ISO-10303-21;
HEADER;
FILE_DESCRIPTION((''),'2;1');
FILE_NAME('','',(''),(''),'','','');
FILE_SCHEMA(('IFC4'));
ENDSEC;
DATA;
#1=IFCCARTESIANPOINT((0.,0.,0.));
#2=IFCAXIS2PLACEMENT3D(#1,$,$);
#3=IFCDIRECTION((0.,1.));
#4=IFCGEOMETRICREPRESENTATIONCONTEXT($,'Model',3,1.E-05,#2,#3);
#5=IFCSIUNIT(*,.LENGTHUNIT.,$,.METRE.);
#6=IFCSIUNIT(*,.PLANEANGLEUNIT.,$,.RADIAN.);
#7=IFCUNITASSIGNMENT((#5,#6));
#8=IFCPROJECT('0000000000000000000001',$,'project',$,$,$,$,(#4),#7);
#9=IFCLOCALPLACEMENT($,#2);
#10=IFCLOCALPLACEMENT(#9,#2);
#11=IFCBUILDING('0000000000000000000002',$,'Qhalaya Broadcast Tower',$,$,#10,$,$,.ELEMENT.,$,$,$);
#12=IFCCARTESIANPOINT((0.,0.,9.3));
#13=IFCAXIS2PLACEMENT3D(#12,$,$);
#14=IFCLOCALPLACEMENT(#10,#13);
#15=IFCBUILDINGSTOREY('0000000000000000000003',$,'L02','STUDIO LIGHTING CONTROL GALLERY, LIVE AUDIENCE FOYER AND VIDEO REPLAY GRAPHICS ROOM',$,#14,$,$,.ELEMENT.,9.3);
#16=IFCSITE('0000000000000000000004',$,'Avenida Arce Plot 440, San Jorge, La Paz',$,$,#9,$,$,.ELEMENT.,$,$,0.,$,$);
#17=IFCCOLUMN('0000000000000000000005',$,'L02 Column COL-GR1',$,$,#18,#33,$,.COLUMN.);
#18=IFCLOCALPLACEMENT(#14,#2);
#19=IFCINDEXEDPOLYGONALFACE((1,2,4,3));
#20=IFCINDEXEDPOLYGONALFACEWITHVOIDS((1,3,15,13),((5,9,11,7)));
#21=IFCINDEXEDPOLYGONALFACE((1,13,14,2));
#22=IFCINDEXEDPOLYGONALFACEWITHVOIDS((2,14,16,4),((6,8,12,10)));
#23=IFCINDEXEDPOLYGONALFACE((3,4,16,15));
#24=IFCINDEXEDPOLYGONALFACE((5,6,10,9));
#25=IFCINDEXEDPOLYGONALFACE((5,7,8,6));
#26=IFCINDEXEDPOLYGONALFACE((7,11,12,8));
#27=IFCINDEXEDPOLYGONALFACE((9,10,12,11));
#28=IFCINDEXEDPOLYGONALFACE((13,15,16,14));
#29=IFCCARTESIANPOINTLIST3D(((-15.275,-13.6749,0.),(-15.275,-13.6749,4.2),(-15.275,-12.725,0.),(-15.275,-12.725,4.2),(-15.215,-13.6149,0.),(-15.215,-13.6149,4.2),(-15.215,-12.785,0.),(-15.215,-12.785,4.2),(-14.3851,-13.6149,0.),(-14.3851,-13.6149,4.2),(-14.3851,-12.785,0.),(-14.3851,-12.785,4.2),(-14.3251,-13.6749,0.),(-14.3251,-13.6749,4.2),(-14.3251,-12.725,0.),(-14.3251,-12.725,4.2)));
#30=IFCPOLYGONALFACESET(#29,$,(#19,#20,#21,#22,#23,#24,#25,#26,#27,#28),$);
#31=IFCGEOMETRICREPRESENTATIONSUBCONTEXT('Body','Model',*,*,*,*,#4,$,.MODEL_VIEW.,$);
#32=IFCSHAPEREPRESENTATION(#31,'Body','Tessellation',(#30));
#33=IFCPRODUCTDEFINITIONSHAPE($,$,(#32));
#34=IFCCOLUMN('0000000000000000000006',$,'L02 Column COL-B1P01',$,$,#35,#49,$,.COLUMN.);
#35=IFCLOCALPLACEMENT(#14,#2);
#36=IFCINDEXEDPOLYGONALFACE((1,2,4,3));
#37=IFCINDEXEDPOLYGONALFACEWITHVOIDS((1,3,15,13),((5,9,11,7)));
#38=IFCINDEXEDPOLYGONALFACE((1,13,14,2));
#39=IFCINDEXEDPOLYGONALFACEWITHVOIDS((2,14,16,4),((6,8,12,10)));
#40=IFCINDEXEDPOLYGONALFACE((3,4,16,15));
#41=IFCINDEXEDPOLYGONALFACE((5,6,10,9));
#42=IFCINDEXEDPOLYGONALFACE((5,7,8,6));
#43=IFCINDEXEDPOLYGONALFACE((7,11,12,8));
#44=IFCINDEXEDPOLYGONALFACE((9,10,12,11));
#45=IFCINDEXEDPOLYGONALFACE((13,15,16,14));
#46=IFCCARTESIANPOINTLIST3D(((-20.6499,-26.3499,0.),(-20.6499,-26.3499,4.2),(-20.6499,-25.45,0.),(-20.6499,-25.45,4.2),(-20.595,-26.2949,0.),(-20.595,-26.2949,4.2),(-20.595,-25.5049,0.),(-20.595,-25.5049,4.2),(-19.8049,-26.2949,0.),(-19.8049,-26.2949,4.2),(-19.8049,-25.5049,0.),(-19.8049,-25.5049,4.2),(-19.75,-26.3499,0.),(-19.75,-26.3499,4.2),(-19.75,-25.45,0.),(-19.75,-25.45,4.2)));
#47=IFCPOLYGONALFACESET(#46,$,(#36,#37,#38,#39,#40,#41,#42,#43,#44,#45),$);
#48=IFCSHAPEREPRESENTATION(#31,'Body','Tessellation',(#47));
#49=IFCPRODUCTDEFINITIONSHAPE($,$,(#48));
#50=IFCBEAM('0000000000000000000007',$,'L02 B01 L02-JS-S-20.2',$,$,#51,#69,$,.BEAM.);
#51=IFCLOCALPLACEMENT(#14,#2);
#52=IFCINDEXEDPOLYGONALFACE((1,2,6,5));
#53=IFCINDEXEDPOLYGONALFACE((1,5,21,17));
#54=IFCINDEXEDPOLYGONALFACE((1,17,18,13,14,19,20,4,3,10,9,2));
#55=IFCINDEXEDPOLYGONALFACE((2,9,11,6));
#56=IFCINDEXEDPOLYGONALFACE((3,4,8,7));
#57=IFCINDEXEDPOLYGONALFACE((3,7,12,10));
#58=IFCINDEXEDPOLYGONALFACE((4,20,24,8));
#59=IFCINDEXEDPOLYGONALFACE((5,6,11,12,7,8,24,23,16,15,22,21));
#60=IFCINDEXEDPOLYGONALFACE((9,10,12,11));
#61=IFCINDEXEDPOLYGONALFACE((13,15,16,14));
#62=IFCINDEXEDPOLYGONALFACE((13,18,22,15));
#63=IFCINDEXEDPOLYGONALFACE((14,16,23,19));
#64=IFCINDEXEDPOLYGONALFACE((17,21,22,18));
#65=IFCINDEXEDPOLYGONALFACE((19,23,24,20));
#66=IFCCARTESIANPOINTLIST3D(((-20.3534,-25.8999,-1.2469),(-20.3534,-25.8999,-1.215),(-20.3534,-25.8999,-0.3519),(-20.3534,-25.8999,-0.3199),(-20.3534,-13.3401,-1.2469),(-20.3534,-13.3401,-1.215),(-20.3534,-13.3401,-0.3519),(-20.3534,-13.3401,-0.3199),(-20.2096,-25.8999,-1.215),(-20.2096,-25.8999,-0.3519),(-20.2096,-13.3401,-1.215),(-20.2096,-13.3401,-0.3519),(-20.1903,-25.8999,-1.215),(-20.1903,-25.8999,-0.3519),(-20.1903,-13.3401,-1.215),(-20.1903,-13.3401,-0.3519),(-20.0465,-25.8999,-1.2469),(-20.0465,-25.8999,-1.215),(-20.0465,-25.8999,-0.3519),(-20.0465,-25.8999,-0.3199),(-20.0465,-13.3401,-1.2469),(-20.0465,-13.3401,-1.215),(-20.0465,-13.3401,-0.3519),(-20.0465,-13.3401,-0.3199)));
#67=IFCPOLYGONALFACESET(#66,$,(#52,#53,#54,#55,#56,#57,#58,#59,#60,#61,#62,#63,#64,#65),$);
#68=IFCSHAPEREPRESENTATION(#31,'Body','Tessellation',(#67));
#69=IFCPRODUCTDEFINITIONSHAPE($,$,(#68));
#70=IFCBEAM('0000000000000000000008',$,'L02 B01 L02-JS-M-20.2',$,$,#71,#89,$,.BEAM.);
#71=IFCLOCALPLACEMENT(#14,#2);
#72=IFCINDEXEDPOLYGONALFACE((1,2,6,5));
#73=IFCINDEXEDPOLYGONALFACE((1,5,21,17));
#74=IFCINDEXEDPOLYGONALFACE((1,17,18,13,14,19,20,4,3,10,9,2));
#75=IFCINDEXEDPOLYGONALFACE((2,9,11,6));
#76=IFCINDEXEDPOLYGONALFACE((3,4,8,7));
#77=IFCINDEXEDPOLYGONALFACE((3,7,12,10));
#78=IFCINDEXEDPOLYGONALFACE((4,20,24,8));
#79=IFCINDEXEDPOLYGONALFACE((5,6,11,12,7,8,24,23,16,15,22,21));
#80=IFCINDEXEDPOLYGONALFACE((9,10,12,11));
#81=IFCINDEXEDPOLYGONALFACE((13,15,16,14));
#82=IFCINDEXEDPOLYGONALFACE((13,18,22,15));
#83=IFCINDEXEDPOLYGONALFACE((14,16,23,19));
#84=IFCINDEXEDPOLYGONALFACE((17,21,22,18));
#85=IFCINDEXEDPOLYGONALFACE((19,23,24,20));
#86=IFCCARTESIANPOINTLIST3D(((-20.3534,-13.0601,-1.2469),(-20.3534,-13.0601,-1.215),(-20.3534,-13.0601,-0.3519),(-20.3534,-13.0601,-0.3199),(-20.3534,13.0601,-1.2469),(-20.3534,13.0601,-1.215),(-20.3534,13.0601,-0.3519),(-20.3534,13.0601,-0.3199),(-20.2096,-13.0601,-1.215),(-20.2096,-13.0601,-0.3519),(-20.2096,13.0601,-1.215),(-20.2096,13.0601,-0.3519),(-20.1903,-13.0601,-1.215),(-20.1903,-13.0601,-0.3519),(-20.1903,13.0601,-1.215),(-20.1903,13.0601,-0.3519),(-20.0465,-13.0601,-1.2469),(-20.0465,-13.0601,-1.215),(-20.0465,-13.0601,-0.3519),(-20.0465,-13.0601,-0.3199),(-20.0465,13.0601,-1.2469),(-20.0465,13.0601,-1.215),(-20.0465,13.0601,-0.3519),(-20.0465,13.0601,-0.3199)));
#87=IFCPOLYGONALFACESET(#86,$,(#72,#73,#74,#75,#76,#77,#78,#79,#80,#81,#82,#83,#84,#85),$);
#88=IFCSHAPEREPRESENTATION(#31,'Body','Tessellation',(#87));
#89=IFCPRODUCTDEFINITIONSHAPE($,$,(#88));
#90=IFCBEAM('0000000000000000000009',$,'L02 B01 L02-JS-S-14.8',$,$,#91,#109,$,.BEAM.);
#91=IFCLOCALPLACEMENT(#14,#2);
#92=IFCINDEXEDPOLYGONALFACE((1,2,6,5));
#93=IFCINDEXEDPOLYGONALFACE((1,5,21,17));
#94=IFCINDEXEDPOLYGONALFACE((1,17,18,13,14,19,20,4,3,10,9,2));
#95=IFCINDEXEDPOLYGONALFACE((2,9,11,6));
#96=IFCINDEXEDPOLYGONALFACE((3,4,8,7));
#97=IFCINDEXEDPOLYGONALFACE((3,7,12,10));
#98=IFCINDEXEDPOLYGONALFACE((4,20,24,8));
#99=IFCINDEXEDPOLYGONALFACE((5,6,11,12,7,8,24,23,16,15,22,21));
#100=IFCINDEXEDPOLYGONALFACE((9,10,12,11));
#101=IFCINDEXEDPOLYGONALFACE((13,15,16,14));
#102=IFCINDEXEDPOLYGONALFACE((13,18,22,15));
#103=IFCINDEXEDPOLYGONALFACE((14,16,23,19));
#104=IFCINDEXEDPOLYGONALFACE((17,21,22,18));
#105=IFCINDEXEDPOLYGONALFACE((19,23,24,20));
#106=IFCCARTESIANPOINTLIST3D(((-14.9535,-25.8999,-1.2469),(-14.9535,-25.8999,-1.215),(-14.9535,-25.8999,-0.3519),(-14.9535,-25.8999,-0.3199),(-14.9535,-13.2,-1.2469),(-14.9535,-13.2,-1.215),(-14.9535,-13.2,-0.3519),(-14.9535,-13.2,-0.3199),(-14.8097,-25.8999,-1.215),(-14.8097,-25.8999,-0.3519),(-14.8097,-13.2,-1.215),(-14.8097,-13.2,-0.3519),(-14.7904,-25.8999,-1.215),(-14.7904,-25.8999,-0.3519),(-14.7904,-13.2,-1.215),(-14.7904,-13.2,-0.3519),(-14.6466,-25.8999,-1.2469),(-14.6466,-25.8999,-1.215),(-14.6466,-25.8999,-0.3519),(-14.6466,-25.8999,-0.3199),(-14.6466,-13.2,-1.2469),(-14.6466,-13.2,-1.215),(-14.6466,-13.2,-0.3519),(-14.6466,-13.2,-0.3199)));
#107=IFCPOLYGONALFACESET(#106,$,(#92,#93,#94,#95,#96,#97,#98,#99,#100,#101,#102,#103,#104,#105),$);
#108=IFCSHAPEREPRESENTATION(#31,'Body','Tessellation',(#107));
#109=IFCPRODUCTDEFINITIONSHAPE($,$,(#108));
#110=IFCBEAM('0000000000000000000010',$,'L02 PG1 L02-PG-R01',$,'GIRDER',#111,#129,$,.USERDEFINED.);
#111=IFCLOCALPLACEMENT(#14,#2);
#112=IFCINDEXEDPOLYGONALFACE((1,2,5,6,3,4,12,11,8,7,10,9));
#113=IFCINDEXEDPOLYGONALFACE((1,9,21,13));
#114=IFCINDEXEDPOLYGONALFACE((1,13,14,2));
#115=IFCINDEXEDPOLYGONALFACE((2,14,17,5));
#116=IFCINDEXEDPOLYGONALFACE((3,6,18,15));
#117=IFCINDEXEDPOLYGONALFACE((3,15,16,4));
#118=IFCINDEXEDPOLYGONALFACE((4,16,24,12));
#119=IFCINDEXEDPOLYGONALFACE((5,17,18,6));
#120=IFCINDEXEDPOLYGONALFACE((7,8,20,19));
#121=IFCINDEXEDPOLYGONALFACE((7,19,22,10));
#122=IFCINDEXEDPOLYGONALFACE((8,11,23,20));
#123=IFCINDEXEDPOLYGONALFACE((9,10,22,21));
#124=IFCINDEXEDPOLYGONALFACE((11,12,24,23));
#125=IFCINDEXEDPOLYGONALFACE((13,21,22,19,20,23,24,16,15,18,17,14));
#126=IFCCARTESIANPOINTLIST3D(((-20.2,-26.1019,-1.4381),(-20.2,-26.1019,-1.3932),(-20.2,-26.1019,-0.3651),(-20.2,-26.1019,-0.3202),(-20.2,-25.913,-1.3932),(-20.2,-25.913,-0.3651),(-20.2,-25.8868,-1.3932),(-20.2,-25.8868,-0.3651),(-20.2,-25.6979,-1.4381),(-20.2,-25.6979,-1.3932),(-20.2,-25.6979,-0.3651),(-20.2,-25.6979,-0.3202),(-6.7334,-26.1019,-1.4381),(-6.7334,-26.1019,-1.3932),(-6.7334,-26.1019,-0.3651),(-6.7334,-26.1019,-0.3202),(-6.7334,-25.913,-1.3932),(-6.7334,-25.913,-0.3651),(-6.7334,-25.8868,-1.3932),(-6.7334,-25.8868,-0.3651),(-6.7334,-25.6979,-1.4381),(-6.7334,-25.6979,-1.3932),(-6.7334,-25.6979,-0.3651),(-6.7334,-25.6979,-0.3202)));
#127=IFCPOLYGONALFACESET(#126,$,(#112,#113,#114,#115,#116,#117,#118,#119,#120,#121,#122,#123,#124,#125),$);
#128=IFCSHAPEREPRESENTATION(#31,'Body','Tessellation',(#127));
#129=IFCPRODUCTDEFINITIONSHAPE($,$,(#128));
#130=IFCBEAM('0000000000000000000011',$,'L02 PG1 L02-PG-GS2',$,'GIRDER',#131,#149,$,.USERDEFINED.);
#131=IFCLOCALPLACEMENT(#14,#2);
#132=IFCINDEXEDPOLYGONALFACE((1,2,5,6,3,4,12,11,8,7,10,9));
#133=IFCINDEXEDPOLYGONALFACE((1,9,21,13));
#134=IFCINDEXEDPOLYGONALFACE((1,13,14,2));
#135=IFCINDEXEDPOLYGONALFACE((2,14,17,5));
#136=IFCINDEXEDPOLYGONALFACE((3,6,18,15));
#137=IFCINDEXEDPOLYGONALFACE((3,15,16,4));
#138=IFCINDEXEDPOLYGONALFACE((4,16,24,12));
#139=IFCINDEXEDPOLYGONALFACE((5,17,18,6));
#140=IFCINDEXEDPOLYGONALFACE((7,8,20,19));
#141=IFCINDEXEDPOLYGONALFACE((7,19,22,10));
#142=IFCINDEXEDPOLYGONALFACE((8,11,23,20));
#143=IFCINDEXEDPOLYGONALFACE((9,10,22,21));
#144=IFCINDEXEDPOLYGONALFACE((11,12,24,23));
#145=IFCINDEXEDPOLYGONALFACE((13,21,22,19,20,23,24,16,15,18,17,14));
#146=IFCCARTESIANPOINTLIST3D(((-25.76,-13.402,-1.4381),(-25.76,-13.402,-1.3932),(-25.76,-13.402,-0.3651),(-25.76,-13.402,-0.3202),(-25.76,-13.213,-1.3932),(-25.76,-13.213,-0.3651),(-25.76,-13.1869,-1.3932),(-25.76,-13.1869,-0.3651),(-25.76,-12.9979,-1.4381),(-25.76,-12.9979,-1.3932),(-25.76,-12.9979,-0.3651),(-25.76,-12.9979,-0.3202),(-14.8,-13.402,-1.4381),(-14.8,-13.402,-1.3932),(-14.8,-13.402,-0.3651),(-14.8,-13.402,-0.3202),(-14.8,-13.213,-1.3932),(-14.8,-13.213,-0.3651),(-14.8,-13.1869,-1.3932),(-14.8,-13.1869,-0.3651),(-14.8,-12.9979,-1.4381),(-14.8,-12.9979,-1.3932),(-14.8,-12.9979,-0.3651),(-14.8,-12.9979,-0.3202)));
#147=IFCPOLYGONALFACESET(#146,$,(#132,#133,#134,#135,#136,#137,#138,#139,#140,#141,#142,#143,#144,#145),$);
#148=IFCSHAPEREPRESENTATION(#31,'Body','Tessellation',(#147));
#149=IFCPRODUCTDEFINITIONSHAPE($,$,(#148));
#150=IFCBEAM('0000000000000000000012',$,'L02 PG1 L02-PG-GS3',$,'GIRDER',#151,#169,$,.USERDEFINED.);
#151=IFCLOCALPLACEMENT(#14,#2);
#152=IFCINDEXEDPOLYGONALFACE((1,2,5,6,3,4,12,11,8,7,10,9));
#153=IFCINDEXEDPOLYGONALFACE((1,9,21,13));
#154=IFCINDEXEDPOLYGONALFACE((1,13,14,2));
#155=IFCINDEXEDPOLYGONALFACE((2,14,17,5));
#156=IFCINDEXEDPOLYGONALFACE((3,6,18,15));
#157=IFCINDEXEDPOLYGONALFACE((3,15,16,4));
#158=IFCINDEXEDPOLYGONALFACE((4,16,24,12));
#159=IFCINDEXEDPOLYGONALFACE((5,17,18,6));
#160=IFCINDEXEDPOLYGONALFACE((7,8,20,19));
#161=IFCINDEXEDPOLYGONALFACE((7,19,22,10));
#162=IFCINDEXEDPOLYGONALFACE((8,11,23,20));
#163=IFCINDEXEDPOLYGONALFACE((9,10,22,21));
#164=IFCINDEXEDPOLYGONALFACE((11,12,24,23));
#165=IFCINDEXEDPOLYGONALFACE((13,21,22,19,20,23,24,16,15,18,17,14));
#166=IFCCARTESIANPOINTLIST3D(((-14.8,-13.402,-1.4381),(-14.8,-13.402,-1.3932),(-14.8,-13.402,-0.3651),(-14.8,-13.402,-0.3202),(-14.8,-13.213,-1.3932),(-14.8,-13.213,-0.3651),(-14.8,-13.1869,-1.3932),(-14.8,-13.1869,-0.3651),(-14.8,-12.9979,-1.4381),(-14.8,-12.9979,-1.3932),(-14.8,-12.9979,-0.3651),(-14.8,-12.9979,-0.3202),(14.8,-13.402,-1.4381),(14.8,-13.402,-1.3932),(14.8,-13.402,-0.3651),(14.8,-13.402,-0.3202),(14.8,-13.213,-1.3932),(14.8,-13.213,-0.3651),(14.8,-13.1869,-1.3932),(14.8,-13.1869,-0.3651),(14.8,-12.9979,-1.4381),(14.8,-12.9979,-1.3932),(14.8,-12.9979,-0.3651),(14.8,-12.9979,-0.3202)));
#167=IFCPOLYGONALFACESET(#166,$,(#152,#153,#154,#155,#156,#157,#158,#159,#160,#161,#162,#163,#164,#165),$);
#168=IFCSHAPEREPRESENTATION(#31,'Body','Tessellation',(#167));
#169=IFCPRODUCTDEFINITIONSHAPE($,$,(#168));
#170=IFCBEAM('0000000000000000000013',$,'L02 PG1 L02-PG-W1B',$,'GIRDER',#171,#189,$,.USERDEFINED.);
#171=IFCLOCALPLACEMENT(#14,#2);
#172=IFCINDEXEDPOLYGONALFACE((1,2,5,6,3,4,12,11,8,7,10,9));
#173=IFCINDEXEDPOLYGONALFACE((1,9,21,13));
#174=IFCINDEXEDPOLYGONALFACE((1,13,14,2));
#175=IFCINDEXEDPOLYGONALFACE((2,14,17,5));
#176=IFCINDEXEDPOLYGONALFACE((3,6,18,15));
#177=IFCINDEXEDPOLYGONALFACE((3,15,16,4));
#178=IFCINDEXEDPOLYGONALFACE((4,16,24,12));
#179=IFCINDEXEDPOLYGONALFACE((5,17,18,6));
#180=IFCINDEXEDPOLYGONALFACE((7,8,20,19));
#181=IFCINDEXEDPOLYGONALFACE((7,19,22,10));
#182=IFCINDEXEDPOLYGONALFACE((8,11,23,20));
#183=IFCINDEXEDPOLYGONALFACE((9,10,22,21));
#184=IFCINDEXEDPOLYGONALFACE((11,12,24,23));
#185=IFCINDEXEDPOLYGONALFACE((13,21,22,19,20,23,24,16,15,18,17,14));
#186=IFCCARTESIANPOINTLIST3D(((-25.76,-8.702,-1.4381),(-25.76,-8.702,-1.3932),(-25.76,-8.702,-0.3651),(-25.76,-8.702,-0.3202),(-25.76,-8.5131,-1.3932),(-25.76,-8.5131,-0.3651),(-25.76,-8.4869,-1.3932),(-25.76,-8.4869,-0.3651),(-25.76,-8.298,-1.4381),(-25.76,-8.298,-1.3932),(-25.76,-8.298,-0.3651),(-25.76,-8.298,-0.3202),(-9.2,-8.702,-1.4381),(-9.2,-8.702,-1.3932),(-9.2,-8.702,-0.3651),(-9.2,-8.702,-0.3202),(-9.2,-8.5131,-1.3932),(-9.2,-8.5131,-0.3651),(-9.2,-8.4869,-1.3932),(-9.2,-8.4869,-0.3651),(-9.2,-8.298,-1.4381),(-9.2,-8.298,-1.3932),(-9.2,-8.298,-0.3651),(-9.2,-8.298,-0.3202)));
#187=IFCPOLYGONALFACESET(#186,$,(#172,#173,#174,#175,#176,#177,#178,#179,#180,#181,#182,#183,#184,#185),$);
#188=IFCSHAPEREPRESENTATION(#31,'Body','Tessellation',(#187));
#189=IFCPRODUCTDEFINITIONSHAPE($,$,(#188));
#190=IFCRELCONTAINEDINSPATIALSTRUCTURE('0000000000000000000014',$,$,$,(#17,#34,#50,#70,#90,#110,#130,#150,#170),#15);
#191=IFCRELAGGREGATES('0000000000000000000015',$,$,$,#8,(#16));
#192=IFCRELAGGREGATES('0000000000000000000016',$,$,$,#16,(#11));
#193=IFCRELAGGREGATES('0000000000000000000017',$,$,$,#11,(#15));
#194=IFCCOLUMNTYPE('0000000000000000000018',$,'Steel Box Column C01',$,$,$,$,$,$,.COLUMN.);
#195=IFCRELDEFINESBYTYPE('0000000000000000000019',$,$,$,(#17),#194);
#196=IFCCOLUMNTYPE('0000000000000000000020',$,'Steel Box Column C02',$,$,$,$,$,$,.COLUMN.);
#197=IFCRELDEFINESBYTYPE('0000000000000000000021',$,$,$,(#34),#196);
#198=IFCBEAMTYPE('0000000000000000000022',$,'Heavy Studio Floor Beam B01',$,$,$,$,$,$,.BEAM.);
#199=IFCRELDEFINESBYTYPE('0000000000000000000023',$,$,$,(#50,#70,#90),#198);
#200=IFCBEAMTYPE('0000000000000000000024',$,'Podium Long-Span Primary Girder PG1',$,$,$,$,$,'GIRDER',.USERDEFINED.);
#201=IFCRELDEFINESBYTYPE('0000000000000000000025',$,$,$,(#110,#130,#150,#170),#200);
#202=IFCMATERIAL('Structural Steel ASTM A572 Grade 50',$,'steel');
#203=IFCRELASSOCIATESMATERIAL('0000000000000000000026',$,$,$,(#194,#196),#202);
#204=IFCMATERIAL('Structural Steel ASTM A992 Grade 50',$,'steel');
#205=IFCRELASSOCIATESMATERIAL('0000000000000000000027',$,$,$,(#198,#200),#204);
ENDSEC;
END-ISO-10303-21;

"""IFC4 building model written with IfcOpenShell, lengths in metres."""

from ifc_helpers import new_model, si_unit, direction, frame, origin, origin_2d, place, context, subcontext, project, spatial, hollow_rectangle, i_section, extrude, material, material_profile, profile_set, type_object, element, save


model = new_model("IFC4")

# Units and contexts
model_context = context("Model", 3, precision=1e-05, world=origin(), true_north=direction((0.0, 1.0)))
body_context = subcontext(model_context, "Body", "Model", "MODEL_VIEW")
ifc_project = project(units=[si_unit("LENGTHUNIT", "METRE"), si_unit("PLANEANGLEUNIT", "RADIAN")], contexts=[model_context])

# Site, building, storey
site_placement = place(None, origin())
site = spatial("IfcSite", under=ifc_project, at=site_placement, Name="Avenida Arce Plot 440, San Jorge, La Paz", CompositionType="ELEMENT", RefElevation=0.0)
building_placement = place(site_placement, origin())
building = spatial("IfcBuilding", under=site, at=building_placement, Name="Qhalaya Broadcast Tower", CompositionType="ELEMENT")
storey_placement = place(building_placement, frame((0.0, 0.0, 9.3)))
storey = spatial("IfcBuildingStorey", under=building, at=storey_placement, Name="L02", Description="STUDIO LIGHTING CONTROL GALLERY, LIVE AUDIENCE FOYER AND VIDEO REPLAY GRAPHICS ROOM", CompositionType="ELEMENT", Elevation=9.3)

# Columns
ifc_material_1 = material(Name="Structural Steel ASTM A572 Grade 50", Category="steel")
ifc_material_profile_1 = material_profile(ifc_material_1, hollow_rectangle(XDim=0.95, YDim=0.95, WallThickness=0.0601, at=origin_2d()), Name="BOX 950x950x60")
ifc_profile_set_1 = profile_set([ifc_material_profile_1], Name="Structural Steel ASTM A572 Grade 50")
column_type_1 = type_object("IfcColumnType", Name="Steel Box Column C01", PredefinedType="COLUMN", material=ifc_profile_set_1)
column_1_placement = place(storey_placement, frame((-14.8, -13.2, 0.0), z_axis=(0.0, 0.0, 1.0), x_axis=(1.0, 0.0, 0.0)))
element("IfcColumn", 1, at=column_1_placement, inside=storey, type_object=column_type_1, Name="L02 Column COL-GR1", PredefinedType="COLUMN", context=body_context, shape_type="SweptSolid", body=[
    extrude(hollow_rectangle(XDim=0.95, YDim=0.95, WallThickness=0.0601, at=origin_2d()), origin(), (0.0, 0.0, 1.0), 4.2),
])
ifc_material_profile_2 = material_profile(ifc_material_1, hollow_rectangle(XDim=0.8999, YDim=0.8999, WallThickness=0.0549, at=origin_2d()), Name="BOX 900x900x55")
ifc_profile_set_2 = profile_set([ifc_material_profile_2], Name="Structural Steel ASTM A572 Grade 50")
column_type_2 = type_object("IfcColumnType", Name="Steel Box Column C02", PredefinedType="COLUMN", material=ifc_profile_set_2)
column_2_placement = place(storey_placement, frame((-20.2, -25.8999, 0.0), z_axis=(0.0, 0.0, 1.0), x_axis=(1.0, 0.0, 0.0)))
element("IfcColumn", 2, at=column_2_placement, inside=storey, type_object=column_type_2, Name="L02 Column COL-B1P01", PredefinedType="COLUMN", context=body_context, shape_type="SweptSolid", body=[
    extrude(hollow_rectangle(XDim=0.8999, YDim=0.8999, WallThickness=0.0549, at=origin_2d()), origin(), (0.0, 0.0, 1.0), 4.2),
])

# Beams
ifc_material_2 = material(Name="Structural Steel ASTM A992 Grade 50", Category="steel")
ifc_material_profile_3 = material_profile(ifc_material_2, i_section(OverallWidth=0.3069, OverallDepth=0.927, WebThickness=0.0193, FlangeThickness=0.032, at=origin_2d()), Name="W36X194")
ifc_profile_set_3 = profile_set([ifc_material_profile_3], Name="Structural Steel ASTM A992 Grade 50")
beam_type_1 = type_object("IfcBeamType", Name="Heavy Studio Floor Beam B01", PredefinedType="BEAM", material=ifc_profile_set_3)
beam_1_placement = place(storey_placement, frame((-20.2, -25.8999, -0.7834), z_axis=(0.0, 1.0, 0.0), x_axis=(-1.0, 0.0, 0.0)))
element("IfcBeam", 3, at=beam_1_placement, inside=storey, type_object=beam_type_1, Name="L02 B01 L02-JS-S-20.2", PredefinedType="BEAM", context=body_context, shape_type="SweptSolid", body=[
    extrude(i_section(OverallWidth=0.3069, OverallDepth=0.927, WebThickness=0.0193, FlangeThickness=0.032, at=origin_2d()), origin(), (0.0, 0.0, 1.0), 12.5598),
])
beam_2_placement = place(storey_placement, frame((-20.2, -13.0601, -0.7834), z_axis=(0.0, 1.0, 0.0), x_axis=(-1.0, 0.0, 0.0)))
element("IfcBeam", 4, at=beam_2_placement, inside=storey, type_object=beam_type_1, Name="L02 B01 L02-JS-M-20.2", PredefinedType="BEAM", context=body_context, shape_type="SweptSolid", body=[
    extrude(i_section(OverallWidth=0.3069, OverallDepth=0.927, WebThickness=0.0193, FlangeThickness=0.032, at=origin_2d()), origin(), (0.0, 0.0, 1.0), 26.1201),
])
beam_3_placement = place(storey_placement, frame((-14.8, -25.8999, -0.7834), z_axis=(0.0, 1.0, 0.0), x_axis=(-1.0, 0.0, 0.0)))
element("IfcBeam", 5, at=beam_3_placement, inside=storey, type_object=beam_type_1, Name="L02 B01 L02-JS-S-14.8", PredefinedType="BEAM", context=body_context, shape_type="SweptSolid", body=[
    extrude(i_section(OverallWidth=0.3069, OverallDepth=0.927, WebThickness=0.0193, FlangeThickness=0.032, at=origin_2d()), origin(), (0.0, 0.0, 1.0), 12.7),
])
ifc_material_profile_4 = material_profile(ifc_material_2, i_section(OverallWidth=0.4041, OverallDepth=1.1179, WebThickness=0.0261, FlangeThickness=0.0449, at=origin_2d()), Name="W44X335")
ifc_profile_set_4 = profile_set([ifc_material_profile_4], Name="Structural Steel ASTM A992 Grade 50")
beam_type_2 = type_object("IfcBeamType", Name="Podium Long-Span Primary Girder PG1", ElementType="GIRDER", PredefinedType="USERDEFINED", material=ifc_profile_set_4)
beam_4_placement = place(storey_placement, frame((-20.2, -25.8999, -0.8792), z_axis=(1.0, 0.0, 0.0), x_axis=(0.0, 1.0, 0.0)))
element("IfcBeam", 6, at=beam_4_placement, inside=storey, type_object=beam_type_2, Name="L02 PG1 L02-PG-R01", ObjectType="GIRDER", PredefinedType="USERDEFINED", context=body_context, shape_type="SweptSolid", body=[
    extrude(i_section(OverallWidth=0.4041, OverallDepth=1.1179, WebThickness=0.0261, FlangeThickness=0.0449, at=origin_2d()), origin(), (0.0, 0.0, 1.0), 13.4666),
])
beam_5_placement = place(storey_placement, frame((-25.76, -13.2, -0.8792), z_axis=(1.0, 0.0, 0.0), x_axis=(0.0, 1.0, 0.0)))
element("IfcBeam", 7, at=beam_5_placement, inside=storey, type_object=beam_type_2, Name="L02 PG1 L02-PG-GS2", ObjectType="GIRDER", PredefinedType="USERDEFINED", context=body_context, shape_type="SweptSolid", body=[
    extrude(i_section(OverallWidth=0.4041, OverallDepth=1.1179, WebThickness=0.0261, FlangeThickness=0.0449, at=origin_2d()), origin(), (0.0, 0.0, 1.0), 10.96),
])
beam_6_placement = place(storey_placement, frame((-14.8, -13.2, -0.8792), z_axis=(1.0, 0.0, 0.0), x_axis=(0.0, 1.0, 0.0)))
element("IfcBeam", 8, at=beam_6_placement, inside=storey, type_object=beam_type_2, Name="L02 PG1 L02-PG-GS3", ObjectType="GIRDER", PredefinedType="USERDEFINED", context=body_context, shape_type="SweptSolid", body=[
    extrude(i_section(OverallWidth=0.4041, OverallDepth=1.1179, WebThickness=0.0261, FlangeThickness=0.0449, at=origin_2d()), origin(), (0.0, 0.0, 1.0), 29.6001),
])
beam_7_placement = place(storey_placement, frame((-25.76, -8.5, -0.8792), z_axis=(1.0, 0.0, 0.0), x_axis=(0.0, 1.0, 0.0)))
element("IfcBeam", 9, at=beam_7_placement, inside=storey, type_object=beam_type_2, Name="L02 PG1 L02-PG-W1B", ObjectType="GIRDER", PredefinedType="USERDEFINED", context=body_context, shape_type="SweptSolid", body=[
    extrude(i_section(OverallWidth=0.4041, OverallDepth=1.1179, WebThickness=0.0261, FlangeThickness=0.0449, at=origin_2d()), origin(), (0.0, 0.0, 1.0), 16.5601),
])

save(model, "model.ifc")
